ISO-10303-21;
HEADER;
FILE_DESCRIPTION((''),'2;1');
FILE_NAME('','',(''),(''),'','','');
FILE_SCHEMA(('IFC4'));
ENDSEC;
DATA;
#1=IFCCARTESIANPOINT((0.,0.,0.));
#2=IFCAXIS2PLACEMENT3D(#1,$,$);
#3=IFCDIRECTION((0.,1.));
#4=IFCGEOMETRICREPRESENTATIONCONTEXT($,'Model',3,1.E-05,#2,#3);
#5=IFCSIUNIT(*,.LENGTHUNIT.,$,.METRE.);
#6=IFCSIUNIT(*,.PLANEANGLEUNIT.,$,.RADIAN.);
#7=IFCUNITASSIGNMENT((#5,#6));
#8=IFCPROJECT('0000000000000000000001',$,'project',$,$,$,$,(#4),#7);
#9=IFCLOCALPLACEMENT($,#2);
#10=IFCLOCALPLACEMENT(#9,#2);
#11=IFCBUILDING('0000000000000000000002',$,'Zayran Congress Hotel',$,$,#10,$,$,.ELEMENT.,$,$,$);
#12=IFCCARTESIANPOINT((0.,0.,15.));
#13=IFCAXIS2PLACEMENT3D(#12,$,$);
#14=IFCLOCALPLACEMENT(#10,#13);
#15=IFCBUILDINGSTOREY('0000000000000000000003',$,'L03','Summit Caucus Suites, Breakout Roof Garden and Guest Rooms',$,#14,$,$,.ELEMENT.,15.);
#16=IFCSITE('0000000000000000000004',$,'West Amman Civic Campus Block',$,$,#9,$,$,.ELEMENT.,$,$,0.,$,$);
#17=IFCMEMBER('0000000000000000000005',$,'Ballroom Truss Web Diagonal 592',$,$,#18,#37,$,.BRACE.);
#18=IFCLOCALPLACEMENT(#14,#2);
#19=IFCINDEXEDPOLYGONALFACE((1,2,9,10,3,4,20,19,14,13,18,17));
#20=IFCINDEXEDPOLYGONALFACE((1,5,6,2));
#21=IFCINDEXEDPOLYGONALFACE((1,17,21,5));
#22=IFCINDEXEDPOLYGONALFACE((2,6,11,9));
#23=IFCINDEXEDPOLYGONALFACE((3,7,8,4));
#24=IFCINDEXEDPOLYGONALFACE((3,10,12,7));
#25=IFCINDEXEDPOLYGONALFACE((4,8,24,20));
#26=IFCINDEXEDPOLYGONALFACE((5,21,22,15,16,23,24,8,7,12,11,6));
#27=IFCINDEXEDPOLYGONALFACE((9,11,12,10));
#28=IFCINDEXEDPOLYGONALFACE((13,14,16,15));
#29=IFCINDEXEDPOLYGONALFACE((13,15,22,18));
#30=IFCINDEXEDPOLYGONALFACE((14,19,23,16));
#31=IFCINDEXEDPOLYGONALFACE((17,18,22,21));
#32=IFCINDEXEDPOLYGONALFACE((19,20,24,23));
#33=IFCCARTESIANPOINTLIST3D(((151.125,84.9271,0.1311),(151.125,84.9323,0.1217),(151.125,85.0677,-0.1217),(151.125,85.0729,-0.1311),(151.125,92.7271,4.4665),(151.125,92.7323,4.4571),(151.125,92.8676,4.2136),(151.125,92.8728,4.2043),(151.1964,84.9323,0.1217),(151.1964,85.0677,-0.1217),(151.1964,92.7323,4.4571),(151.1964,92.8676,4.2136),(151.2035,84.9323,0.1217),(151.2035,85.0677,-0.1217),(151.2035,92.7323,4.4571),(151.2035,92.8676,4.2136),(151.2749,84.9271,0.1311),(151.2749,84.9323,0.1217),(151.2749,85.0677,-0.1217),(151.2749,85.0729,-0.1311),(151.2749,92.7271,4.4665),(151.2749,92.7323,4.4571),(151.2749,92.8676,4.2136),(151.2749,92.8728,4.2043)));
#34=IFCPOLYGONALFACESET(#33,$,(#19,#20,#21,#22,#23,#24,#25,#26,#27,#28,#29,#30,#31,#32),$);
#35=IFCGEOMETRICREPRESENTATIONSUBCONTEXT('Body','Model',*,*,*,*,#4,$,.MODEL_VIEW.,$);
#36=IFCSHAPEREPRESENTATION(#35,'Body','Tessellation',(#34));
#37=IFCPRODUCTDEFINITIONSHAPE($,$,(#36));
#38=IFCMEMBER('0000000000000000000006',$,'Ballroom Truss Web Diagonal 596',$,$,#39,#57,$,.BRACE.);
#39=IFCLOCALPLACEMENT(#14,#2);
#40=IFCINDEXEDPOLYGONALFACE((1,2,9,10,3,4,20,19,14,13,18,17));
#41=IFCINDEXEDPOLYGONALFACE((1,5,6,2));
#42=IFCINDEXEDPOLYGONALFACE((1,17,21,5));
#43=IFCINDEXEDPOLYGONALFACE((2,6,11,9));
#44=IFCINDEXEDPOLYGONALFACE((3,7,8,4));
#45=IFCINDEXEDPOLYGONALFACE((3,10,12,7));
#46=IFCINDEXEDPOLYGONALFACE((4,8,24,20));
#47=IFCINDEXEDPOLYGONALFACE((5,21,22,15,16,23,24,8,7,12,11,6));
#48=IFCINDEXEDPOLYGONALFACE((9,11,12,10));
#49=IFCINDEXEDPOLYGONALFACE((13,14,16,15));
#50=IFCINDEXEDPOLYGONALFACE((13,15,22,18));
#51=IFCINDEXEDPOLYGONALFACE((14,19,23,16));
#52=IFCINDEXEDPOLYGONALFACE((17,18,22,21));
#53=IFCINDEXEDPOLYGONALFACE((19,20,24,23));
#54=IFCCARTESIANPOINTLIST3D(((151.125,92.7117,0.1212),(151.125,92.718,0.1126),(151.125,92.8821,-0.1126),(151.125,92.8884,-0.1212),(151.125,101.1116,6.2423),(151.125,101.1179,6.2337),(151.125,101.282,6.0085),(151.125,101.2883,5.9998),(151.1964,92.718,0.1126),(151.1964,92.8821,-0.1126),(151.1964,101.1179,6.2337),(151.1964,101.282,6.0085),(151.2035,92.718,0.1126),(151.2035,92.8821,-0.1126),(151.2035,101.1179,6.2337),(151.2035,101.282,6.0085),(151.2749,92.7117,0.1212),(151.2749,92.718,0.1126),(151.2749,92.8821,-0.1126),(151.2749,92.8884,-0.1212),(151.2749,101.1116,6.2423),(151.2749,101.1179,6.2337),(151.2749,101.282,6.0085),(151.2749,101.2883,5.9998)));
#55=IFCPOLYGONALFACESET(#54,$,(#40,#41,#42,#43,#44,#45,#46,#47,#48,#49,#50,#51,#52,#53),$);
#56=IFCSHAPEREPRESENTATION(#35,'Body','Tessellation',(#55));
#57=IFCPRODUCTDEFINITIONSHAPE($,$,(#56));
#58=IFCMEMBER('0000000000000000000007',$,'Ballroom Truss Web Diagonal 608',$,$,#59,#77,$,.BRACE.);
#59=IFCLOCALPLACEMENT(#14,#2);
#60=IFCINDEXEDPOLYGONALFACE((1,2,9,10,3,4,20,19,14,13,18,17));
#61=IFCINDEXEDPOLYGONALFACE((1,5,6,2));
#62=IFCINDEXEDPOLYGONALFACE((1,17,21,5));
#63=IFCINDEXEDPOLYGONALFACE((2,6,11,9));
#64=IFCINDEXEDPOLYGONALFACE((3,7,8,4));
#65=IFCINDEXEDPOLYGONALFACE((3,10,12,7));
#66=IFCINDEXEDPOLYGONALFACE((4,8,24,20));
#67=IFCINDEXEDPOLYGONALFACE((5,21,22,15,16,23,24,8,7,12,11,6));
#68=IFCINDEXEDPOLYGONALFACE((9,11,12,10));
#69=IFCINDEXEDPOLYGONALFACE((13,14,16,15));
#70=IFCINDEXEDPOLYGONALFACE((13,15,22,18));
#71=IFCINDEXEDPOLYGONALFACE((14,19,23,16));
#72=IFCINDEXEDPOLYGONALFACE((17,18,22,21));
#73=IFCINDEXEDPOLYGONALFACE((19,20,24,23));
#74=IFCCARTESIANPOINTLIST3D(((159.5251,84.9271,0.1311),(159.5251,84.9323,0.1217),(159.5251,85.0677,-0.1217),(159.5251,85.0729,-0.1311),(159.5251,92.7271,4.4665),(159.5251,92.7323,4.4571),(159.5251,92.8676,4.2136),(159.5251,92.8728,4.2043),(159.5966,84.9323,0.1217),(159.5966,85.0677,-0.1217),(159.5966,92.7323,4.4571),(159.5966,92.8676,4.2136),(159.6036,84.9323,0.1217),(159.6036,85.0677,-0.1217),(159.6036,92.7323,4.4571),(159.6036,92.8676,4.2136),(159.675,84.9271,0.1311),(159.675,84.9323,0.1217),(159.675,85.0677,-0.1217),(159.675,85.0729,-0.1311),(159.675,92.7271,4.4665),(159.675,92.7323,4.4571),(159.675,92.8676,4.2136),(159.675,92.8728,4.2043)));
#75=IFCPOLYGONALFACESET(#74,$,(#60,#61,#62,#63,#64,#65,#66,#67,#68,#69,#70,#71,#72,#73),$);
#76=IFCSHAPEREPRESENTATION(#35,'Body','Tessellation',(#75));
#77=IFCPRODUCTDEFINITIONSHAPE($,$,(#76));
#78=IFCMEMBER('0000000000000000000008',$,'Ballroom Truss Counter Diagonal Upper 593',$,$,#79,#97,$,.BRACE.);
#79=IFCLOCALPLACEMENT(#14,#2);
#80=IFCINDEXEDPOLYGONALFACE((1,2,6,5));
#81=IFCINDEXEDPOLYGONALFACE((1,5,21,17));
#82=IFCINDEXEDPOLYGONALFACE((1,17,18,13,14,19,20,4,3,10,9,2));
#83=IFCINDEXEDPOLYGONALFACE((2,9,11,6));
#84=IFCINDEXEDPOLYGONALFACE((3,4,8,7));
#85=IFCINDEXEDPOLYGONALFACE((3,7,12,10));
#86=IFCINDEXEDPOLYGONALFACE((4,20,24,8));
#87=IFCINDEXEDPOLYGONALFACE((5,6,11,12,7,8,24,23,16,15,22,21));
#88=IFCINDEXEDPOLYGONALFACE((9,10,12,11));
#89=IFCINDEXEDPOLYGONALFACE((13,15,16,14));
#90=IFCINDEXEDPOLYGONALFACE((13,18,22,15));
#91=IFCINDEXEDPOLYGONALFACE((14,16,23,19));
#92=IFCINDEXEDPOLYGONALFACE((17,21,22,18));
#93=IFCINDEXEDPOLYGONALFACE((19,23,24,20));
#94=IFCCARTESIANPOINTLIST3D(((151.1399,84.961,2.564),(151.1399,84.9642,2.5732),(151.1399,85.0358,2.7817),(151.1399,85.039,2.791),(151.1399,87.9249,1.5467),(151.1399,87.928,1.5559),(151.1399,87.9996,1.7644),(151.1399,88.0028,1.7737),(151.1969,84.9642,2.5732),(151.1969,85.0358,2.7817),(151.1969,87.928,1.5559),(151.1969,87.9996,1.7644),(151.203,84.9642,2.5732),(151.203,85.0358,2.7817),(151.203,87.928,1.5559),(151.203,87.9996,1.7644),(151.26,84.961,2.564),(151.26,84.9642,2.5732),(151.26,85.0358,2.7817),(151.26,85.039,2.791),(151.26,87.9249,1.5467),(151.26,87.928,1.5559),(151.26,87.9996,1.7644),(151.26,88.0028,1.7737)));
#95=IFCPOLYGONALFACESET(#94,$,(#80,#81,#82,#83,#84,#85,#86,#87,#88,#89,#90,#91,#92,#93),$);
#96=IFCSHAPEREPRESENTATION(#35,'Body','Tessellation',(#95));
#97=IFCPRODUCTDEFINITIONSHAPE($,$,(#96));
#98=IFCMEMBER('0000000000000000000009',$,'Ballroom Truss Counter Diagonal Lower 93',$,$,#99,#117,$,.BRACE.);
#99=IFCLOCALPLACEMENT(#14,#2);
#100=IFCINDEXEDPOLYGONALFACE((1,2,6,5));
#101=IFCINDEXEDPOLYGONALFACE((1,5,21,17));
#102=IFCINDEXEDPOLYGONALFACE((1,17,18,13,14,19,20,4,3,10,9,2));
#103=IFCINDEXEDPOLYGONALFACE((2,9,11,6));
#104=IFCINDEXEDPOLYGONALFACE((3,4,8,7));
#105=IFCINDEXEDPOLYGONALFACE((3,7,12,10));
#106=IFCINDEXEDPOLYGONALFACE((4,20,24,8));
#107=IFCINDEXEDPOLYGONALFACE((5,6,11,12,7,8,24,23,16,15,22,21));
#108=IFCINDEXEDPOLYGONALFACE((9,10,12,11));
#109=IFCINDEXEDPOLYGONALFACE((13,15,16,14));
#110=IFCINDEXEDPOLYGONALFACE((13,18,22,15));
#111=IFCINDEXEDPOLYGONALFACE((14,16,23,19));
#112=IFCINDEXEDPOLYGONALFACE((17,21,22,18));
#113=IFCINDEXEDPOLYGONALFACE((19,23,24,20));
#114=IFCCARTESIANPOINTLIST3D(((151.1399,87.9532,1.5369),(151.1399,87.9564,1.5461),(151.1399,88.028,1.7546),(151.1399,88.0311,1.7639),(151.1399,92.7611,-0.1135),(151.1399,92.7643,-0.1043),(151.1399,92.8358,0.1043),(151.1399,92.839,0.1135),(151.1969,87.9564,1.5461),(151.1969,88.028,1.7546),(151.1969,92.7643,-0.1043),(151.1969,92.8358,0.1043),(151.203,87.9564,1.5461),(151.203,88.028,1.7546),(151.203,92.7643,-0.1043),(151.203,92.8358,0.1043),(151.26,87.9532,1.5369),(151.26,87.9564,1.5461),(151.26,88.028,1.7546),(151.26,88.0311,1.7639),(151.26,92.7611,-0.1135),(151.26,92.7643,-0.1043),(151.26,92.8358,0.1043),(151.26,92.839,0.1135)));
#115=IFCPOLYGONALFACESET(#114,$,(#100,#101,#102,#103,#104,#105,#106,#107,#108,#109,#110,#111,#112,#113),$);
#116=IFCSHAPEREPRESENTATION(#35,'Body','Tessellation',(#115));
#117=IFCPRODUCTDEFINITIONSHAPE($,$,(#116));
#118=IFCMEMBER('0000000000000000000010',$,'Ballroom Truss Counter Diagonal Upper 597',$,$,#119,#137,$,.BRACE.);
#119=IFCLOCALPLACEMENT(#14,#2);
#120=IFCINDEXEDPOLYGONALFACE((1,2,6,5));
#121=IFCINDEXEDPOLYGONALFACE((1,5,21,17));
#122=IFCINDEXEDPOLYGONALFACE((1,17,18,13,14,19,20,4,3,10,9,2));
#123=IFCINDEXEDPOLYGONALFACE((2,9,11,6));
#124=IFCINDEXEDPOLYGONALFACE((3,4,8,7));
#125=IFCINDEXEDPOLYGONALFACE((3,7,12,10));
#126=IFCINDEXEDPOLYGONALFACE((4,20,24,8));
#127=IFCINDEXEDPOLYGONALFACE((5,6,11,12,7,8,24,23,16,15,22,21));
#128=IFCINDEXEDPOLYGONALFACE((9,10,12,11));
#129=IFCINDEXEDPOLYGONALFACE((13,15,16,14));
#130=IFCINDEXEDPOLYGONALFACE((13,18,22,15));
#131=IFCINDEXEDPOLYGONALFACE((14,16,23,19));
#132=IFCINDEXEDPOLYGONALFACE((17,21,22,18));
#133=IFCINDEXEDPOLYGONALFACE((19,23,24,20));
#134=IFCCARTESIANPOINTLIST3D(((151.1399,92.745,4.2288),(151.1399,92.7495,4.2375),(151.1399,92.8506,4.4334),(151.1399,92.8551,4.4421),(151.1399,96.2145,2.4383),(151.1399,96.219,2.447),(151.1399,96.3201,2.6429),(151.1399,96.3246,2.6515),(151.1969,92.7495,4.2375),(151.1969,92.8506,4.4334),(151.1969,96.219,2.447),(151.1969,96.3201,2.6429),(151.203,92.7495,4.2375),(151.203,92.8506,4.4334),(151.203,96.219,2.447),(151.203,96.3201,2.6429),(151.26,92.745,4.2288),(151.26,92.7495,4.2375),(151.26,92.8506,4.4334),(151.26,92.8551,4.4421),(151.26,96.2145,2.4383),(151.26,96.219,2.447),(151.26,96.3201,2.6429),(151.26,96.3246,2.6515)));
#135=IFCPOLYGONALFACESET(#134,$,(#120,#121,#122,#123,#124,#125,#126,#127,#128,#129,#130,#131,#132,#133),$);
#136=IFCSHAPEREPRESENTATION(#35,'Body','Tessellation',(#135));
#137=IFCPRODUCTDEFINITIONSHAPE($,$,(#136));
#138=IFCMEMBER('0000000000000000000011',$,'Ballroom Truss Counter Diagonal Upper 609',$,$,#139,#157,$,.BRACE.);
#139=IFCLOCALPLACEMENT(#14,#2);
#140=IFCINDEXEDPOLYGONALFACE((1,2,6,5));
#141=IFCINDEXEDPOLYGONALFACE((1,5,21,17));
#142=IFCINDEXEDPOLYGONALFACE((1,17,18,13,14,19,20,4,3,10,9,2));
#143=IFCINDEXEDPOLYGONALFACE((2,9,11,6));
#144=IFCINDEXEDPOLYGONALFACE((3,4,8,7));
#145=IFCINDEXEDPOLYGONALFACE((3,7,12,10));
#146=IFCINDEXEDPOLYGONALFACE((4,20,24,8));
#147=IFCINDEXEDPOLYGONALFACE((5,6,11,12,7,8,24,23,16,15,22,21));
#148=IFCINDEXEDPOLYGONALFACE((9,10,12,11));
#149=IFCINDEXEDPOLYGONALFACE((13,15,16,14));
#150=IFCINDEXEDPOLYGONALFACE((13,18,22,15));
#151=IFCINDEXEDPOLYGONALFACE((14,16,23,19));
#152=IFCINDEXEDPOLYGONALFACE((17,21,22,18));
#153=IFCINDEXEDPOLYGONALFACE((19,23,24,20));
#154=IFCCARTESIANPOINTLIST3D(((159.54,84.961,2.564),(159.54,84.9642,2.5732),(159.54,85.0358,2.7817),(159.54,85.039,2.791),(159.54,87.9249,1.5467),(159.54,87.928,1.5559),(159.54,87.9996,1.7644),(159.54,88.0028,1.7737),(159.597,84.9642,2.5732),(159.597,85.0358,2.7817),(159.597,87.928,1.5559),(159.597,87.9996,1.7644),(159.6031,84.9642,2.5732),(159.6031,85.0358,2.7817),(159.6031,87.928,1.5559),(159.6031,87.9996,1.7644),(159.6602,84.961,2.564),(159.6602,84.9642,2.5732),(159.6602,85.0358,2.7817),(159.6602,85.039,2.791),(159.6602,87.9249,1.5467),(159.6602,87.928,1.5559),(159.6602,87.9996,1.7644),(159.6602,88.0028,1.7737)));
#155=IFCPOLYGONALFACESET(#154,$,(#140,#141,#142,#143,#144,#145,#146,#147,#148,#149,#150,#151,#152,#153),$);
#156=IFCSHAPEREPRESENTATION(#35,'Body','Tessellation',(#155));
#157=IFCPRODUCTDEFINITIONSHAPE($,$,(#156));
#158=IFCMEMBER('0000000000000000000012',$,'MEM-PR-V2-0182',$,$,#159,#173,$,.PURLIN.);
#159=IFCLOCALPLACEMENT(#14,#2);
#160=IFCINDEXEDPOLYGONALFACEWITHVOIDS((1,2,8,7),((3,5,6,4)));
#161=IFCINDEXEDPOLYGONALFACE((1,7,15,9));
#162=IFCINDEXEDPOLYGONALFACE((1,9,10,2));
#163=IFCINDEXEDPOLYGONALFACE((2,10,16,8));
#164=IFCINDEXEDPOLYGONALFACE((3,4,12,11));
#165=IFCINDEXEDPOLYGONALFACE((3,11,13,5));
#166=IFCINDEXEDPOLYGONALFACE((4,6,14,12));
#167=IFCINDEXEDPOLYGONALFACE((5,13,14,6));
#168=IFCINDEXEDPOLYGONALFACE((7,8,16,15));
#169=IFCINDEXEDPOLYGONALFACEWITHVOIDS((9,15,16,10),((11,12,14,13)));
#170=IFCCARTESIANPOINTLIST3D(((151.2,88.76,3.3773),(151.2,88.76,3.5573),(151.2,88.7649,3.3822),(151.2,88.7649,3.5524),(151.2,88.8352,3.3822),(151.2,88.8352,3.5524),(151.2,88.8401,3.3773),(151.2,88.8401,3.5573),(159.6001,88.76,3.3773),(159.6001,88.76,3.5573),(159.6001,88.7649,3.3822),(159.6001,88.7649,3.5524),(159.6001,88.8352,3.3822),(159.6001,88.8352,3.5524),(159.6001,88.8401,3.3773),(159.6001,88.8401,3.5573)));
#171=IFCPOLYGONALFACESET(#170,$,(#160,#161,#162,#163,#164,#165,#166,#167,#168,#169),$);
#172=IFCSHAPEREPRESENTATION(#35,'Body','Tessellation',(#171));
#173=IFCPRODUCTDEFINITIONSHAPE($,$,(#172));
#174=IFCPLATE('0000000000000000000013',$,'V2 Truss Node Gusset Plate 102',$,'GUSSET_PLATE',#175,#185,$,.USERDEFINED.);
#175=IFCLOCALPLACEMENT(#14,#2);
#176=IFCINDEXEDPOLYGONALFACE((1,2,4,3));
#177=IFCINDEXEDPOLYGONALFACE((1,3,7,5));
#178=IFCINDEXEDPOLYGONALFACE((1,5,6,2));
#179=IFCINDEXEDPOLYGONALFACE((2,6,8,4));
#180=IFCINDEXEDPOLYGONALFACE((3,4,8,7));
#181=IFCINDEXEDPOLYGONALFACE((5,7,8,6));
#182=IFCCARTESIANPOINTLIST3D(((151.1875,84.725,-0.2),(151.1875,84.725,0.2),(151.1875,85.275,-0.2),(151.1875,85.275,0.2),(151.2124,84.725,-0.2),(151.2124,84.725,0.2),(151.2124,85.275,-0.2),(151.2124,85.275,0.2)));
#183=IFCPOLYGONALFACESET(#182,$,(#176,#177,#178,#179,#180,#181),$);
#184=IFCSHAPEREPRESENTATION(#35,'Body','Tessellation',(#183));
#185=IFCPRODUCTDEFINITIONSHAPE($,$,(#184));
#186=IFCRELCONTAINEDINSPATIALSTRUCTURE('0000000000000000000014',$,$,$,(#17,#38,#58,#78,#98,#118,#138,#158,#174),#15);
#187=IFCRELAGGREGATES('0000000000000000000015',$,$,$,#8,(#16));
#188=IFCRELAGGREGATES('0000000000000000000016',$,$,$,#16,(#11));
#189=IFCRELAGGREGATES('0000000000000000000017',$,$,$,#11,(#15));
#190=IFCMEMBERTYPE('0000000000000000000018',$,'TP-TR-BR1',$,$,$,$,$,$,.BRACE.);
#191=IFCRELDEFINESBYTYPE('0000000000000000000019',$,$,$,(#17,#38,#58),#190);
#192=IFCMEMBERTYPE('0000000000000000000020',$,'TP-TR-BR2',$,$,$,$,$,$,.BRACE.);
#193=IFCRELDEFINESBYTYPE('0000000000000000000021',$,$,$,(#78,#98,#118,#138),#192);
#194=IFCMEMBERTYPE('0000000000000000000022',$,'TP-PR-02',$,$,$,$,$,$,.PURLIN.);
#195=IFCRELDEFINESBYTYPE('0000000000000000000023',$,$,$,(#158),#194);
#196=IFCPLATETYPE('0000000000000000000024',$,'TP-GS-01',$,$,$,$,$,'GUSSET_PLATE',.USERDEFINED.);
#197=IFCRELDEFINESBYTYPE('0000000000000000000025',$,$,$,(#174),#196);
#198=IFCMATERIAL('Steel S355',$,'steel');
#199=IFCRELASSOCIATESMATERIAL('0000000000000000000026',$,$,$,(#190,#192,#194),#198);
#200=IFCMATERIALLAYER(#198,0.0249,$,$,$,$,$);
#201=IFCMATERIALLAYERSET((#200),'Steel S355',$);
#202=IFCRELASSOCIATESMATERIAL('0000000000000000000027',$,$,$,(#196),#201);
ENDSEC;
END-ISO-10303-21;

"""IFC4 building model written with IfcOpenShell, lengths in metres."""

from ifc_helpers import new_model, si_unit, direction, frame, origin, origin_2d, place, context, subcontext, project, spatial, rectangle, hollow_rectangle, i_section, extrude, material, layer, layer_set, material_profile, profile_set, type_object, element, save


model = new_model("IFC4")

# Units and contexts
model_context = context("Model", 3, precision=1e-05, world=origin(), true_north=direction((0.0, 1.0)))
body_context = subcontext(model_context, "Body", "Model", "MODEL_VIEW")
ifc_project = project(units=[si_unit("LENGTHUNIT", "METRE"), si_unit("PLANEANGLEUNIT", "RADIAN")], contexts=[model_context])

# Site, building, storey
site_placement = place(None, origin())
site = spatial("IfcSite", under=ifc_project, at=site_placement, Name="West Amman Civic Campus Block", CompositionType="ELEMENT", RefElevation=0.0)
building_placement = place(site_placement, origin())
building = spatial("IfcBuilding", under=site, at=building_placement, Name="Zayran Congress Hotel", CompositionType="ELEMENT")
storey_placement = place(building_placement, frame((0.0, 0.0, 15.0)))
storey = spatial("IfcBuildingStorey", under=building, at=storey_placement, Name="L03", Description="Summit Caucus Suites, Breakout Roof Garden and Guest Rooms", CompositionType="ELEMENT", Elevation=15.0)

# Shared definitions
ifc_material_1 = material(Name="Steel S355", Category="steel")

# Members
ifc_material_profile_1 = material_profile(ifc_material_1, i_section(OverallWidth=0.1499, OverallDepth=0.3, WebThickness=0.0071, FlangeThickness=0.0107, at=origin_2d()), Name="IPE 300")
ifc_profile_set_1 = profile_set([ifc_material_profile_1], Name="Steel S355")
member_type_1 = type_object("IfcMemberType", Name="TP-TR-BR1", PredefinedType="BRACE", material=ifc_profile_set_1)
member_1_placement = place(storey_placement, frame((151.2, 85.0, 0.0), z_axis=(0.0, 0.874058, 0.485822), x_axis=(-1.0, 0.0, 0.0)))
element("IfcMember", 1, at=member_1_placement, inside=storey, type_object=member_type_1, Name="Ballroom Truss Web Diagonal 592", PredefinedType="BRACE", context=body_context, shape_type="SweptSolid", body=[
    extrude(i_section(OverallWidth=0.1499, OverallDepth=0.3, WebThickness=0.0071, FlangeThickness=0.0107, at=origin_2d()), origin(), (0.0, 0.0, 1.0), 8.9238),
])
member_2_placement = place(storey_placement, frame((151.2, 92.8, 0.0), z_axis=(0.0, 0.808183, 0.588931), x_axis=(-1.0, 0.0, 0.0)))
element("IfcMember", 2, at=member_2_placement, inside=storey, type_object=member_type_1, Name="Ballroom Truss Web Diagonal 596", PredefinedType="BRACE", context=body_context, shape_type="SweptSolid", body=[
    extrude(i_section(OverallWidth=0.1499, OverallDepth=0.3, WebThickness=0.0071, FlangeThickness=0.0107, at=origin_2d()), origin(), (0.0, 0.0, 1.0), 10.3936),
])
member_3_placement = place(storey_placement, frame((159.6001, 85.0, 0.0), z_axis=(0.0, 0.874058, 0.485822), x_axis=(-1.0, 0.0, 0.0)))
element("IfcMember", 3, at=member_3_placement, inside=storey, type_object=member_type_1, Name="Ballroom Truss Web Diagonal 608", PredefinedType="BRACE", context=body_context, shape_type="SweptSolid", body=[
    extrude(i_section(OverallWidth=0.1499, OverallDepth=0.3, WebThickness=0.0071, FlangeThickness=0.0107, at=origin_2d()), origin(), (0.0, 0.0, 1.0), 8.9238),
])
ifc_material_profile_2 = material_profile(ifc_material_1, i_section(OverallWidth=0.1201, OverallDepth=0.24, WebThickness=0.0061, FlangeThickness=0.0098, at=origin_2d()), Name="IPE 240")
ifc_profile_set_2 = profile_set([ifc_material_profile_2], Name="Steel S355")
member_type_2 = type_object("IfcMemberType", Name="TP-TR-BR2", PredefinedType="BRACE", material=ifc_profile_set_2)
member_4_placement = place(storey_placement, frame((151.2, 85.0, 2.6775), z_axis=(0.0, 0.945833, -0.324653), x_axis=(-1.0, 0.0, 0.0)))
element("IfcMember", 4, at=member_4_placement, inside=storey, type_object=member_type_2, Name="Ballroom Truss Counter Diagonal Upper 593", PredefinedType="BRACE", context=body_context, shape_type="SweptSolid", body=[
    extrude(i_section(OverallWidth=0.1201, OverallDepth=0.24, WebThickness=0.0061, FlangeThickness=0.0098, at=origin_2d()), origin(), (0.0, 0.0, 1.0), 3.1335),
])
member_5_placement = place(storey_placement, frame((151.2, 87.9922, 1.6504), z_axis=(0.0, 0.945826, -0.324673), x_axis=(-1.0, 0.0, 0.0)))
element("IfcMember", 5, at=member_5_placement, inside=storey, type_object=member_type_2, Name="Ballroom Truss Counter Diagonal Lower 93", PredefinedType="BRACE", context=body_context, shape_type="SweptSolid", body=[
    extrude(i_section(OverallWidth=0.1201, OverallDepth=0.24, WebThickness=0.0061, FlangeThickness=0.0098, at=origin_2d()), origin(), (0.0, 0.0, 1.0), 5.0833),
])
member_6_placement = place(storey_placement, frame((151.2, 92.8, 4.3354), z_axis=(0.0, 0.888639, -0.458608), x_axis=(-1.0, 0.0, 0.0)))
element("IfcMember", 6, at=member_6_placement, inside=storey, type_object=member_type_2, Name="Ballroom Truss Counter Diagonal Upper 597", PredefinedType="BRACE", context=body_context, shape_type="SweptSolid", body=[
    extrude(i_section(OverallWidth=0.1201, OverallDepth=0.24, WebThickness=0.0061, FlangeThickness=0.0098, at=origin_2d()), origin(), (0.0, 0.0, 1.0), 3.9043),
])
member_7_placement = place(storey_placement, frame((159.6001, 85.0, 2.6775), z_axis=(0.0, 0.945833, -0.324653), x_axis=(-1.0, 0.0, 0.0)))
element("IfcMember", 7, at=member_7_placement, inside=storey, type_object=member_type_2, Name="Ballroom Truss Counter Diagonal Upper 609", PredefinedType="BRACE", context=body_context, shape_type="SweptSolid", body=[
    extrude(i_section(OverallWidth=0.1201, OverallDepth=0.24, WebThickness=0.0061, FlangeThickness=0.0098, at=origin_2d()), origin(), (0.0, 0.0, 1.0), 3.1335),
])
ifc_material_profile_3 = material_profile(ifc_material_1, hollow_rectangle(XDim=0.0801, YDim=0.1799, WallThickness=0.0049, at=origin_2d()), Name="RHS 180x80x5")
ifc_profile_set_3 = profile_set([ifc_material_profile_3], Name="Steel S355")
member_type_3 = type_object("IfcMemberType", Name="TP-PR-02", PredefinedType="PURLIN", material=ifc_profile_set_3)
member_8_placement = place(storey_placement, frame((151.2, 88.8, 3.4673), z_axis=(1.0, 0.0, 0.0), x_axis=(0.0, 1.0, 0.0)))
element("IfcMember", 8, at=member_8_placement, inside=storey, type_object=member_type_3, Name="MEM-PR-V2-0182", PredefinedType="PURLIN", context=body_context, shape_type="SweptSolid", body=[
    extrude(hollow_rectangle(XDim=0.0801, YDim=0.1799, WallThickness=0.0049, at=origin_2d()), origin(), (0.0, 0.0, 1.0), 8.4001),
])

# Plate
ifc_layer_1 = layer(ifc_material_1, 0.0249)
ifc_layer_set_1 = layer_set([ifc_layer_1], Name="Steel S355")
plate_type_1 = type_object("IfcPlateType", Name="TP-GS-01", ElementType="GUSSET_PLATE", PredefinedType="USERDEFINED", material=ifc_layer_set_1)
for number, where, z_axis, x_axis, name in (
    (9, (151.2, 85.0, -0.2), (0.0, 0.0, 1.0), (0.0, 1.0, 0.0), "V2 Truss Node Gusset Plate 102"),
):
    element("IfcPlate", number, at=place(storey_placement, frame(where, z_axis=z_axis, x_axis=x_axis)), inside=storey, type_object=plate_type_1, Name=name, ObjectType="GUSSET_PLATE", PredefinedType="USERDEFINED", context=body_context, shape_type="SweptSolid", body=[
        extrude(rectangle(XDim=0.55, YDim=0.0249, at=origin_2d()), origin(), (0.0, 0.0, 1.0), 0.3999),
    ])

save(model, "model.ifc")
